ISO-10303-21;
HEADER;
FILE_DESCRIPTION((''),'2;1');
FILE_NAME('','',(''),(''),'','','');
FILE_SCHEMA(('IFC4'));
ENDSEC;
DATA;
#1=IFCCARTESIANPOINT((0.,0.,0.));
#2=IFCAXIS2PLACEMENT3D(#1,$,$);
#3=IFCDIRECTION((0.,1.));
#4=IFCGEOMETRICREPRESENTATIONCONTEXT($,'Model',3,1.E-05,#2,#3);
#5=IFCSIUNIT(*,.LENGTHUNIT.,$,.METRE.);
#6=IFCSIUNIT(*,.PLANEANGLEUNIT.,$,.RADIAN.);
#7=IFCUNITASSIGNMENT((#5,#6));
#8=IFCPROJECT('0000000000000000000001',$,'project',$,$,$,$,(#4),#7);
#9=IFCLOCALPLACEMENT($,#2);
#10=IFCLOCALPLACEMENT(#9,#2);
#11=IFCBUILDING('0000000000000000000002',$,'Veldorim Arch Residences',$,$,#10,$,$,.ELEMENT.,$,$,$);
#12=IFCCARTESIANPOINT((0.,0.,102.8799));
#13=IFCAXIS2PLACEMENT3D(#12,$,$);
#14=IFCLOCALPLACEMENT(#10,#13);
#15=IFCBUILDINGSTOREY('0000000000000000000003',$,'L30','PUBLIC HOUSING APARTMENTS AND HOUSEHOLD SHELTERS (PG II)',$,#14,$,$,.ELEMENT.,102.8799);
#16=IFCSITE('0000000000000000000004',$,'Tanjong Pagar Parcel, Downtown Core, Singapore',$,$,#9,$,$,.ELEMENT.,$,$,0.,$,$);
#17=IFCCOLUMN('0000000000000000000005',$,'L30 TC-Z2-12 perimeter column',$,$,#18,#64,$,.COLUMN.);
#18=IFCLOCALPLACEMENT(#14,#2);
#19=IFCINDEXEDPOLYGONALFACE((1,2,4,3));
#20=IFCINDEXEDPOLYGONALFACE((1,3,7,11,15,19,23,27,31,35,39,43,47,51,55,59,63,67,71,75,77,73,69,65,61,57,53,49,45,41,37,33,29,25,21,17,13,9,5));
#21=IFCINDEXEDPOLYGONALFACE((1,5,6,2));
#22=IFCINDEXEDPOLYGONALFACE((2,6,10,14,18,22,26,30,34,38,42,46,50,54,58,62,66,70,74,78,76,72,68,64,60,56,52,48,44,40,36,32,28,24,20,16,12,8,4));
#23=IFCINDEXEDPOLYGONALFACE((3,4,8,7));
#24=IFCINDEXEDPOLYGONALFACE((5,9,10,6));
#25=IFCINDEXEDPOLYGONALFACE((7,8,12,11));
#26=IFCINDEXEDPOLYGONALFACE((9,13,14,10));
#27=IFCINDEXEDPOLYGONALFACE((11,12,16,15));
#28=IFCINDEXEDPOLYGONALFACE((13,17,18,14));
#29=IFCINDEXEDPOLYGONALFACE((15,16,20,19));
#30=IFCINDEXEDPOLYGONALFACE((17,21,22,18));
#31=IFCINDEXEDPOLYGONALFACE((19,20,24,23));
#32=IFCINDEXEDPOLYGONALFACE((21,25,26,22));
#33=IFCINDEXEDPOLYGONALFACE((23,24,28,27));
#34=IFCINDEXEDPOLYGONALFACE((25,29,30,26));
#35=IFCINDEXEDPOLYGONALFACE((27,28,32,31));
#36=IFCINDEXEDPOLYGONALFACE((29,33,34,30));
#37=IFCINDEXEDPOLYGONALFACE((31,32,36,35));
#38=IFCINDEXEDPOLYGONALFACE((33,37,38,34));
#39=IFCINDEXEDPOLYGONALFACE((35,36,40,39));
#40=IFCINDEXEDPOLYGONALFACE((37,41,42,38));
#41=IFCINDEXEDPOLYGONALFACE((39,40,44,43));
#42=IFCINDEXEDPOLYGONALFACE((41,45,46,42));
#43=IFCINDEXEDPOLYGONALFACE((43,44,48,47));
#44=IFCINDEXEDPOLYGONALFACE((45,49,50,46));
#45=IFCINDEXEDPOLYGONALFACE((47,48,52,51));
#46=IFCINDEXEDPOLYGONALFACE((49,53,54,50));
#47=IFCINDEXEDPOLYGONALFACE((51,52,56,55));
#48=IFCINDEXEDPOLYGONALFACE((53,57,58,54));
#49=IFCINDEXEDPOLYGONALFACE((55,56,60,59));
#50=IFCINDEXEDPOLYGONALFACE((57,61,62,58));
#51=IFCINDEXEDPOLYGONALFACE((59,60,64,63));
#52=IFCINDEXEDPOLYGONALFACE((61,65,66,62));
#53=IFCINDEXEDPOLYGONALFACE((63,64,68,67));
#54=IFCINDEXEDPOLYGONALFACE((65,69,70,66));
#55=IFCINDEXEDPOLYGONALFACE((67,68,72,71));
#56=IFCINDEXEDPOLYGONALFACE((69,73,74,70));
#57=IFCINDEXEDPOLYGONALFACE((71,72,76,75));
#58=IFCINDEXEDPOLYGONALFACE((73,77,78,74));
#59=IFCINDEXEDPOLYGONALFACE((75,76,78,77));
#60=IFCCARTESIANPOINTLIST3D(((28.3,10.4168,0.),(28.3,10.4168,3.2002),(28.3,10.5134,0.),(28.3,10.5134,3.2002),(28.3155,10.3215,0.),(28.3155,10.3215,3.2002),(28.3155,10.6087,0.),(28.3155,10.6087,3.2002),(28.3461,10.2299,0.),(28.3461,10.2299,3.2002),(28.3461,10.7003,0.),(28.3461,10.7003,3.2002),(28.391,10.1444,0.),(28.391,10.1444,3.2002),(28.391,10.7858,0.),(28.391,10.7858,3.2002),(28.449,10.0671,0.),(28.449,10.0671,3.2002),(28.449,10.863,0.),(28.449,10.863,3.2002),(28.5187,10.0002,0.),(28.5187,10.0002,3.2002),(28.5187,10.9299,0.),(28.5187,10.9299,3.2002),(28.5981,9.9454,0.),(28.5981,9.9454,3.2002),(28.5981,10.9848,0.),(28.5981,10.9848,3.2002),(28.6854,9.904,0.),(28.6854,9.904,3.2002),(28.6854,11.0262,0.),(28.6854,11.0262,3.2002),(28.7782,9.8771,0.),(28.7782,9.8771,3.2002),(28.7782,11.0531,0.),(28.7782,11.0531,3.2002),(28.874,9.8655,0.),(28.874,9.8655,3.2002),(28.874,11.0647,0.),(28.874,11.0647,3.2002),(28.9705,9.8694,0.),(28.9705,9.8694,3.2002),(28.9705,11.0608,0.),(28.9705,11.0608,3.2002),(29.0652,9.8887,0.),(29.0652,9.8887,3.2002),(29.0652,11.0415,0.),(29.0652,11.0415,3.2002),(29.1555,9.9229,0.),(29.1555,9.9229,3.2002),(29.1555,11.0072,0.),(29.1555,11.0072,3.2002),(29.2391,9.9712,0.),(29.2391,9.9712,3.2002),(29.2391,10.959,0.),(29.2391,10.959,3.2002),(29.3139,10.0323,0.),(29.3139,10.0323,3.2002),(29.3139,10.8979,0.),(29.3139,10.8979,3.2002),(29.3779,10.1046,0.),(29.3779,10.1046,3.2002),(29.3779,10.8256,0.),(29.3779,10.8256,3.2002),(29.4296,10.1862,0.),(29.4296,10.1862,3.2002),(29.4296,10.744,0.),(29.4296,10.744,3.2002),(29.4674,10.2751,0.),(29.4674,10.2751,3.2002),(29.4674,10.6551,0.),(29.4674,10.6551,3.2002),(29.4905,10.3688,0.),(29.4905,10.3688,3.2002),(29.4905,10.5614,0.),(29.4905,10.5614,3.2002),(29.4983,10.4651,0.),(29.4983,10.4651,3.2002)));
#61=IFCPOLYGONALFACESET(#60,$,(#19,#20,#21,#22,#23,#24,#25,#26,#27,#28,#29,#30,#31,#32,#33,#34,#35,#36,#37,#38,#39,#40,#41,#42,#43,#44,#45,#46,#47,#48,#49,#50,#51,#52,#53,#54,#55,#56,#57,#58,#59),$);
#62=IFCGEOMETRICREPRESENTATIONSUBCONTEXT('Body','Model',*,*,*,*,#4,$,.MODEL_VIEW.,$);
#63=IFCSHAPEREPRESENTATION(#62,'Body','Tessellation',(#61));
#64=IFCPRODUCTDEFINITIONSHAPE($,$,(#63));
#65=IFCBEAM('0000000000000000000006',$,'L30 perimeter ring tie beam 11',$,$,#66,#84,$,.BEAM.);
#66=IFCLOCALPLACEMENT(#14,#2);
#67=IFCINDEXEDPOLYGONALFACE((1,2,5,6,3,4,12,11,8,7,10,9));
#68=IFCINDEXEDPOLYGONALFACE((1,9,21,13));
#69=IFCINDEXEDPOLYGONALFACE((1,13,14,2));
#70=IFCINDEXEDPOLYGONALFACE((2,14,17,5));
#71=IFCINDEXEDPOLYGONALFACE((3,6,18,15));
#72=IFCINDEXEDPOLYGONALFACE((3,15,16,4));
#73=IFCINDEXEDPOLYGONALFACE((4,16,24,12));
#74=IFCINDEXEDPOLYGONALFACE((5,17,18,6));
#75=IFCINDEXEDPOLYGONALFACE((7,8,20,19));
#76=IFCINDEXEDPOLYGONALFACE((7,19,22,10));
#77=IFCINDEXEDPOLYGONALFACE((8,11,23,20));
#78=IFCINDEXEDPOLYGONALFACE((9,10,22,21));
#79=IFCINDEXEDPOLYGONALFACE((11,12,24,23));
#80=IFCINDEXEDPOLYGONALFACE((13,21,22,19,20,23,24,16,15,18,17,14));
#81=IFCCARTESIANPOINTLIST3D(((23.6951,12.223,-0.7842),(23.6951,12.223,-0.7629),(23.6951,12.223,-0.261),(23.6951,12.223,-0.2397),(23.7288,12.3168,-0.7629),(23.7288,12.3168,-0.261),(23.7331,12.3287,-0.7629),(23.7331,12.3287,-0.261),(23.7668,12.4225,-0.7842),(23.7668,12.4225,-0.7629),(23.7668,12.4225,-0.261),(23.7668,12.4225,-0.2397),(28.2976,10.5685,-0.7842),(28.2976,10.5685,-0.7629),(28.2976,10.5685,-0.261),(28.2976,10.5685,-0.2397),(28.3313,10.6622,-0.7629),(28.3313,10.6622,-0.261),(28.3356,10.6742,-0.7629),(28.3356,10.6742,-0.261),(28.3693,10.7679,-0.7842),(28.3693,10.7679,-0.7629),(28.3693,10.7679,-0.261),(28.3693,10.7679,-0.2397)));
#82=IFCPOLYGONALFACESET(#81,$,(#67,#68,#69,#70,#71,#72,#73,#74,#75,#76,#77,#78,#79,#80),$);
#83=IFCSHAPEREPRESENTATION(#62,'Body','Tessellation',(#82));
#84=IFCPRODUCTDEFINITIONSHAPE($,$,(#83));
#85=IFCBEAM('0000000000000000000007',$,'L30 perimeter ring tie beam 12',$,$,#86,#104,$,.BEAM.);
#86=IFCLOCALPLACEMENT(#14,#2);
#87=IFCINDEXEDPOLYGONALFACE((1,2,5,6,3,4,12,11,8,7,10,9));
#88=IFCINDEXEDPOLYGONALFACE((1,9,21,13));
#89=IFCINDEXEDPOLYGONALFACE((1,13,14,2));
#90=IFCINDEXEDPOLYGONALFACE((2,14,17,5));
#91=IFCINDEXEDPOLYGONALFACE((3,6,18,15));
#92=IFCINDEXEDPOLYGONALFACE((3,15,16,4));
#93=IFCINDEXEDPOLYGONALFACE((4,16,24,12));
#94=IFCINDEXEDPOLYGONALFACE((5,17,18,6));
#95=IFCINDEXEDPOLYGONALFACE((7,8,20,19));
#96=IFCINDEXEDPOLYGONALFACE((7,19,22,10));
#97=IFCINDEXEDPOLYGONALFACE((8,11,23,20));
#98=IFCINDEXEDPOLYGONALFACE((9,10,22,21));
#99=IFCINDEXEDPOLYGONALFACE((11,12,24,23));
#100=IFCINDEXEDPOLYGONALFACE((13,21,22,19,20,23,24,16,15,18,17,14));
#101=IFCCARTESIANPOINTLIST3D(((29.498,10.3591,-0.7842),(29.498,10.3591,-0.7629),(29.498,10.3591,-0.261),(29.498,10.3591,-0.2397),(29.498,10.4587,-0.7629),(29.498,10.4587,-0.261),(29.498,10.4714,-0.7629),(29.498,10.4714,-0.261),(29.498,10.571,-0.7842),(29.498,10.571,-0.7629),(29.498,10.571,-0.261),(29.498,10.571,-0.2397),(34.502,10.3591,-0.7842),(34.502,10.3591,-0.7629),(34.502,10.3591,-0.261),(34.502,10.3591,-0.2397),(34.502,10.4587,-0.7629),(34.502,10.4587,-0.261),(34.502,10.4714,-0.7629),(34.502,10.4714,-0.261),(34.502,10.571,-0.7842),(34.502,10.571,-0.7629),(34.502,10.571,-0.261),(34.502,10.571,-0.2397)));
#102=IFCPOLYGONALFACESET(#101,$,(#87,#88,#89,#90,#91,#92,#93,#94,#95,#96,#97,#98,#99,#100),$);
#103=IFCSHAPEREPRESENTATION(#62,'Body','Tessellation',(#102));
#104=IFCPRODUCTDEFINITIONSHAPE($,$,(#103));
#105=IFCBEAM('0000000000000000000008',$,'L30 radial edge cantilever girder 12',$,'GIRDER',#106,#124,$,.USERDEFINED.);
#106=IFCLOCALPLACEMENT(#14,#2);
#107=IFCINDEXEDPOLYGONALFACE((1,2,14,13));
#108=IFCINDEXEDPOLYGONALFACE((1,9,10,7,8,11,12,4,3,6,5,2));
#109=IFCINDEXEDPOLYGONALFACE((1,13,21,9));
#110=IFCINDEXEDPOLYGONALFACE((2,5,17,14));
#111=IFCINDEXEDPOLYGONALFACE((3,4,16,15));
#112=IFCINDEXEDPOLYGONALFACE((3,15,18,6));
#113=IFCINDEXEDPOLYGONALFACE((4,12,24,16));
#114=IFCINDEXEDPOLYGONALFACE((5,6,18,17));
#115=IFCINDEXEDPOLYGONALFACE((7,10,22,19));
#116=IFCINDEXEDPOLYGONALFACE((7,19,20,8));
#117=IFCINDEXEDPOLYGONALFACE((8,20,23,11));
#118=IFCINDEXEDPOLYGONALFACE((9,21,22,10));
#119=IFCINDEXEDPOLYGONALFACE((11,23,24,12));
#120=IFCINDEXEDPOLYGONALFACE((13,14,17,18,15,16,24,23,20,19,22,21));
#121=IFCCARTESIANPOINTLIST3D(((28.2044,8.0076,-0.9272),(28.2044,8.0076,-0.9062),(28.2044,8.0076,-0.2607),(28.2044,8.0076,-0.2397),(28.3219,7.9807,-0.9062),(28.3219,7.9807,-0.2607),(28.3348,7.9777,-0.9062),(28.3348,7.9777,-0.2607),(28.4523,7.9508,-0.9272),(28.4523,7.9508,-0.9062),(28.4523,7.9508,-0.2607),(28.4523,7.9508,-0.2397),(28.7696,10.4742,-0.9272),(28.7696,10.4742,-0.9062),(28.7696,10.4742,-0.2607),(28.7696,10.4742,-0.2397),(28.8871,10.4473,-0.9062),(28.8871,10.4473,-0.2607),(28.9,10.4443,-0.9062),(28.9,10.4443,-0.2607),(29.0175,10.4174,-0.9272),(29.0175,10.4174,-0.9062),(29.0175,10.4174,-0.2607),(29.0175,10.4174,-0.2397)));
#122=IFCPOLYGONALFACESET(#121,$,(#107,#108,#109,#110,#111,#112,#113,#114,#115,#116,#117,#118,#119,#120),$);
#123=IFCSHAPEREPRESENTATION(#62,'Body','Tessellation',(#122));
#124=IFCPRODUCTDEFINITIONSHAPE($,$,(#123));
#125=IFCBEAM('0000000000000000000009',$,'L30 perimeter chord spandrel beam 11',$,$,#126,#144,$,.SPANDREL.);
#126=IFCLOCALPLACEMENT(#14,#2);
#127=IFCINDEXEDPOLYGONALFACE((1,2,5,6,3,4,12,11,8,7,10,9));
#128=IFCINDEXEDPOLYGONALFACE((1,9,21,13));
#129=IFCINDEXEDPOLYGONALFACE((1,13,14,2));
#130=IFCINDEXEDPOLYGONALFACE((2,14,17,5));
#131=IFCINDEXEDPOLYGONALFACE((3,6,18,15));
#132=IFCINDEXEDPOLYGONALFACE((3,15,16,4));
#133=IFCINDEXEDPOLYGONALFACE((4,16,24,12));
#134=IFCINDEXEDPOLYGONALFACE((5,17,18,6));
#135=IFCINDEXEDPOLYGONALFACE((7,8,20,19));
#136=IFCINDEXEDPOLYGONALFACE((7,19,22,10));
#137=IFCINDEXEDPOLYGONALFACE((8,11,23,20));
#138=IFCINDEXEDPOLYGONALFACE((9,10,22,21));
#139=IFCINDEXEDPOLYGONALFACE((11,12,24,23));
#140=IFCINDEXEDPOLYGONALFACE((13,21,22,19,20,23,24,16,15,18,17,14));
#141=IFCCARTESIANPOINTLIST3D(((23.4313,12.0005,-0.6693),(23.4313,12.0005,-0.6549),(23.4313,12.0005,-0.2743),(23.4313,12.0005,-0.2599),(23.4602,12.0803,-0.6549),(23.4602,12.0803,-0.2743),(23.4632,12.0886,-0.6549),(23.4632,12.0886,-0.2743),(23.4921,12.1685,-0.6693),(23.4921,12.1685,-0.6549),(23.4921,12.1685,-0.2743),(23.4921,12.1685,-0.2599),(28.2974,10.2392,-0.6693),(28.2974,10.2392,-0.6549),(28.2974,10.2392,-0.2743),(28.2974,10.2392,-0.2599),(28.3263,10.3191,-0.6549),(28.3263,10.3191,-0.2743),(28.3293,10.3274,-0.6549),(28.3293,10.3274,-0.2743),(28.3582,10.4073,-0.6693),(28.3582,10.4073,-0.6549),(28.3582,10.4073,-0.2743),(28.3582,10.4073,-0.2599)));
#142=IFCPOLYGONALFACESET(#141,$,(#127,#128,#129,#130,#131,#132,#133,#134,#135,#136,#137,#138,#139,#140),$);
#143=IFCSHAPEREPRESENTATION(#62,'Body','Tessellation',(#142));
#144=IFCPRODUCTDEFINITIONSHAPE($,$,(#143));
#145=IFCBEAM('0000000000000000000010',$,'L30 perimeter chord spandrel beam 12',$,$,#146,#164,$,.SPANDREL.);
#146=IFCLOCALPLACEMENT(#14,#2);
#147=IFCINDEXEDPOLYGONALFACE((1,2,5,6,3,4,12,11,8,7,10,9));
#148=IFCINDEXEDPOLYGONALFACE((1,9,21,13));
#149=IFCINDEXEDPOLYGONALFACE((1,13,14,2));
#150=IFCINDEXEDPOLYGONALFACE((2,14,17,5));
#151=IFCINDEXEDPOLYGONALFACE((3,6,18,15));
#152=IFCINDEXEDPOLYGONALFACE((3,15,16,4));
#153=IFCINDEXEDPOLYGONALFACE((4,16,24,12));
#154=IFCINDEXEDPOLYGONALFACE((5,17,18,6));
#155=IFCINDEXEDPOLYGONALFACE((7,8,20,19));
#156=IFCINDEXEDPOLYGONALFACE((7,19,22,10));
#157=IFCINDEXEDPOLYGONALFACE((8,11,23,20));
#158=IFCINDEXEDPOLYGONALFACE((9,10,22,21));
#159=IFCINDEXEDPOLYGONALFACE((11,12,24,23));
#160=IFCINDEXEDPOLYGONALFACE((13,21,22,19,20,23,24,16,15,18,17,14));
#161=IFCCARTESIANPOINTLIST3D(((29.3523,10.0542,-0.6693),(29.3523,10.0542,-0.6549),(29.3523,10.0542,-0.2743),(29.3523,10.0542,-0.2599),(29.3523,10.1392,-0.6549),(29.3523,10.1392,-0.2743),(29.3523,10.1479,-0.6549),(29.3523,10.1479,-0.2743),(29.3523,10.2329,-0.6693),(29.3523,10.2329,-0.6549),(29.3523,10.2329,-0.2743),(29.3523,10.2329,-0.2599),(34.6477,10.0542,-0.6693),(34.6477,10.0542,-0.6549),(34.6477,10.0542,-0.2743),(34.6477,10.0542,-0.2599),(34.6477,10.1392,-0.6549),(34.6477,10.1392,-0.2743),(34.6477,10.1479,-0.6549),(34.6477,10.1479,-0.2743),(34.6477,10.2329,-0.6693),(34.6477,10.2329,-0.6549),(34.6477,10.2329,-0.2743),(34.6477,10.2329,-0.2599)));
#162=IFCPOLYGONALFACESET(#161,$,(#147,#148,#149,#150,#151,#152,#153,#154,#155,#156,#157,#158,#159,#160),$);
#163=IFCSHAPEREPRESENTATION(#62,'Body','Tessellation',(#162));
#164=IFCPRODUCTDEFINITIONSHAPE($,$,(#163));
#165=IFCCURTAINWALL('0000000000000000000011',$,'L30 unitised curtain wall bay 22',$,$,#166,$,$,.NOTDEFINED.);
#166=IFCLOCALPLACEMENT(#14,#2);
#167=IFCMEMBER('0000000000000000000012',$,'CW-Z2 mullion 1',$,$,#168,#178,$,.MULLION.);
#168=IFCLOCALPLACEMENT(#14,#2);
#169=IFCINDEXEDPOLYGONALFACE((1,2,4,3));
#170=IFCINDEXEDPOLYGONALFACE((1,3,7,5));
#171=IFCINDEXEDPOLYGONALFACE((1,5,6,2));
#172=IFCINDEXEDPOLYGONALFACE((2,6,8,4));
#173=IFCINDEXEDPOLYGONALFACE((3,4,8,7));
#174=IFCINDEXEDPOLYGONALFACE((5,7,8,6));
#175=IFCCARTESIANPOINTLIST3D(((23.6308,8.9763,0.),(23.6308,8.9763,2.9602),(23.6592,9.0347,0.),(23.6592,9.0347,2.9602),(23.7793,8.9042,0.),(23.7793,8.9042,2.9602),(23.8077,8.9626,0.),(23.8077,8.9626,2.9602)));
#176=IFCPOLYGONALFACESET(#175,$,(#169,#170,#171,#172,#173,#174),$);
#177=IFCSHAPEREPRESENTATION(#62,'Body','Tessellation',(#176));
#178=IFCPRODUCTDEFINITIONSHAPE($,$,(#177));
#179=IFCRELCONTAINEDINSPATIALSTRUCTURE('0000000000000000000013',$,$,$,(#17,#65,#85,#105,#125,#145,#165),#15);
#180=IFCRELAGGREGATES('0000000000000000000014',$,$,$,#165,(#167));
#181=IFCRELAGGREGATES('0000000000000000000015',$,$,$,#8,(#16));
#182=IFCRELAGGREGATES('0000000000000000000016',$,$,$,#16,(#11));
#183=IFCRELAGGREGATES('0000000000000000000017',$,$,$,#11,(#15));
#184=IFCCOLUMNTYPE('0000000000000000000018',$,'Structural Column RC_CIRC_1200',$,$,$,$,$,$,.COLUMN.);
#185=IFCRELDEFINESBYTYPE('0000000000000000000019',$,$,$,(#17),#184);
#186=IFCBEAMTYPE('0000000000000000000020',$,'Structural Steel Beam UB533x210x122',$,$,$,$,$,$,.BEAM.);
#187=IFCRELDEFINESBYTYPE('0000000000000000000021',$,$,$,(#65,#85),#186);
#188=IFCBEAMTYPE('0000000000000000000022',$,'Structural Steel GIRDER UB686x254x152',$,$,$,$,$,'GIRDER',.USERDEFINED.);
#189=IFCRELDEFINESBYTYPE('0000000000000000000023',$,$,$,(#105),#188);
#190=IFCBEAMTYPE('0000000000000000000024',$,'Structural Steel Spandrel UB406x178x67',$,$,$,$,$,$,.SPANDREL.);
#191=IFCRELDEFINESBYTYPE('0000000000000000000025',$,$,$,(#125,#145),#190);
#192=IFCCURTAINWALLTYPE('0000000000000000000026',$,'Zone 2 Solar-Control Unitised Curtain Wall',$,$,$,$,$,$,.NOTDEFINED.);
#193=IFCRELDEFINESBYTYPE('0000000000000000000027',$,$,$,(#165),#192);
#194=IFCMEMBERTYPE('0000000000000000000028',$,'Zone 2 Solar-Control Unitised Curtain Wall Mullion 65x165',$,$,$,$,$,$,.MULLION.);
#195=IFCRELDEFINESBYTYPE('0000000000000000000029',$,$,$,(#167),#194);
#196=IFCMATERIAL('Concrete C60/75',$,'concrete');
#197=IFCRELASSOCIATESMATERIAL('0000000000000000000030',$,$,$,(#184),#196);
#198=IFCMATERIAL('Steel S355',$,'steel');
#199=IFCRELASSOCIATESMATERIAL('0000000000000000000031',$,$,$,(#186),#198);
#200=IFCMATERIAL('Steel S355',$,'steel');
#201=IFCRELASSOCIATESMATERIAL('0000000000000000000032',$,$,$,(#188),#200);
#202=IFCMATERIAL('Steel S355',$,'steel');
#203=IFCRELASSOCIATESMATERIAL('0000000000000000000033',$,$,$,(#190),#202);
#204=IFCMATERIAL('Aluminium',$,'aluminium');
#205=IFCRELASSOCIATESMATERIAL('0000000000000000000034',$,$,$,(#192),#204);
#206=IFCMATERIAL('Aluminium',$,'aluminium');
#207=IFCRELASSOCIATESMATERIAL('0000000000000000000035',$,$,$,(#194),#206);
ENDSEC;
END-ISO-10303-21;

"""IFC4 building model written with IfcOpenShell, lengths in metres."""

from ifc_helpers import new_model, si_unit, direction, frame, origin, origin_2d, place, context, subcontext, project, spatial, rectangle, circle, i_section, extrude, material, material_profile, profile_set, type_object, element, aggregate, save


model = new_model("IFC4")

# Units and contexts
model_context = context("Model", 3, precision=1e-05, world=origin(), true_north=direction((0.0, 1.0)))
body_context = subcontext(model_context, "Body", "Model", "MODEL_VIEW")
ifc_project = project(units=[si_unit("LENGTHUNIT", "METRE"), si_unit("PLANEANGLEUNIT", "RADIAN")], contexts=[model_context])

# Site, building, storey
site_placement = place(None, origin())
site = spatial("IfcSite", under=ifc_project, at=site_placement, Name="Tanjong Pagar Parcel, Downtown Core, Singapore", CompositionType="ELEMENT", RefElevation=0.0)
building_placement = place(site_placement, origin())
building = spatial("IfcBuilding", under=site, at=building_placement, Name="Veldorim Arch Residences", CompositionType="ELEMENT")
storey_placement = place(building_placement, frame((0.0, 0.0, 102.8799)))
storey = spatial("IfcBuildingStorey", under=building, at=storey_placement, Name="L30", Description="PUBLIC HOUSING APARTMENTS AND HOUSEHOLD SHELTERS (PG II)", CompositionType="ELEMENT", Elevation=102.8799)

# Column
ifc_material_1 = material(Name="Concrete C60/75", Category="concrete")
ifc_material_profile_1 = material_profile(ifc_material_1, circle(Radius=0.6001, at=origin_2d()), Name="RC_CIRC_1200")
ifc_profile_set_1 = profile_set([ifc_material_profile_1], Name="Concrete C60/75")
column_type = type_object("IfcColumnType", Name="Structural Column RC_CIRC_1200", PredefinedType="COLUMN", material=ifc_profile_set_1)
column_placement = place(storey_placement, frame((28.8982, 10.4651, 0.0), z_axis=(0.0, 0.0, 1.0), x_axis=(1.0, 0.0, 0.0)))
element("IfcColumn", 1, at=column_placement, inside=storey, type_object=column_type, Name="L30 TC-Z2-12 perimeter column", PredefinedType="COLUMN", context=body_context, shape_type="SweptSolid", body=[
    extrude(circle(Radius=0.6001, at=origin_2d()), origin(), (0.0, 0.0, 1.0), 3.2002),
])

# Beams
ifc_material_2 = material(Name="Steel S355", Category="steel")
ifc_material_profile_2 = material_profile(ifc_material_2, i_section(OverallWidth=0.2119, OverallDepth=0.5444, WebThickness=0.0127, FlangeThickness=0.0212, at=origin_2d()), Name="UB533x210x122")
ifc_profile_set_2 = profile_set([ifc_material_profile_2], Name="Steel S355")
beam_type_1 = type_object("IfcBeamType", Name="Structural Steel Beam UB533x210x122", PredefinedType="BEAM", material=ifc_profile_set_2)
beam_1_placement = place(storey_placement, frame((23.731, 12.3228, -0.512), z_axis=(0.941042, -0.33829, 0.0), x_axis=(0.33829, 0.941042, 0.0)))
element("IfcBeam", 2, at=beam_1_placement, inside=storey, type_object=beam_type_1, Name="L30 perimeter ring tie beam 11", PredefinedType="BEAM", context=body_context, shape_type="SweptSolid", body=[
    extrude(i_section(OverallWidth=0.2119, OverallDepth=0.5444, WebThickness=0.0127, FlangeThickness=0.0212, at=origin_2d()), origin(), (0.0, 0.0, 1.0), 4.8909),
])
beam_2_placement = place(storey_placement, frame((29.498, 10.4651, -0.512), z_axis=(1.0, 0.0, 0.0), x_axis=(0.0, 1.0, 0.0)))
element("IfcBeam", 3, at=beam_2_placement, inside=storey, type_object=beam_type_1, Name="L30 perimeter ring tie beam 12", PredefinedType="BEAM", context=body_context, shape_type="SweptSolid", body=[
    extrude(i_section(OverallWidth=0.2119, OverallDepth=0.5444, WebThickness=0.0127, FlangeThickness=0.0212, at=origin_2d()), origin(), (0.0, 0.0, 1.0), 5.0039),
])
ifc_material_3 = material(Name="Steel S355", Category="steel")
ifc_material_profile_3 = material_profile(ifc_material_3, i_section(OverallWidth=0.2544, OverallDepth=0.6875, WebThickness=0.0132, FlangeThickness=0.021, at=origin_2d()), Name="UB686x254x152")
ifc_profile_set_3 = profile_set([ifc_material_profile_3], Name="Steel S355")
beam_type_2 = type_object("IfcBeamType", Name="Structural Steel GIRDER UB686x254x152", ElementType="GIRDER", PredefinedType="USERDEFINED", material=ifc_profile_set_3)
beam_3_placement = place(storey_placement, frame((28.8936, 10.4458, -0.5835), z_axis=(-0.223351, -0.974738, 0.0), x_axis=(0.974738, -0.223351, 0.0)))
element("IfcBeam", 4, at=beam_3_placement, inside=storey, type_object=beam_type_2, Name="L30 radial edge cantilever girder 12", ObjectType="GIRDER", PredefinedType="USERDEFINED", context=body_context, shape_type="SweptSolid", body=[
    extrude(i_section(OverallWidth=0.2544, OverallDepth=0.6875, WebThickness=0.0132, FlangeThickness=0.021, at=origin_2d()), origin(), (0.0, 0.0, 1.0), 2.5305),
])
ifc_material_4 = material(Name="Steel S355", Category="steel")
ifc_material_profile_4 = material_profile(ifc_material_4, i_section(OverallWidth=0.1787, OverallDepth=0.4094, WebThickness=0.0088, FlangeThickness=0.0144, at=origin_2d()), Name="UB406x178x67")
ifc_profile_set_4 = profile_set([ifc_material_profile_4], Name="Steel S355")
beam_type_3 = type_object("IfcBeamType", Name="Structural Steel Spandrel UB406x178x67", PredefinedType="SPANDREL", material=ifc_profile_set_4)
beam_4_placement = place(storey_placement, frame((23.4617, 12.0845, -0.4646), z_axis=(0.940308, -0.340326, 0.0), x_axis=(0.340326, 0.940308, 0.0)))
element("IfcBeam", 5, at=beam_4_placement, inside=storey, type_object=beam_type_3, Name="L30 perimeter chord spandrel beam 11", PredefinedType="SPANDREL", context=body_context, shape_type="SweptSolid", body=[
    extrude(i_section(OverallWidth=0.1787, OverallDepth=0.4094, WebThickness=0.0088, FlangeThickness=0.0144, at=origin_2d()), origin(), (0.0, 0.0, 1.0), 5.175),
])
beam_5_placement = place(storey_placement, frame((29.3523, 10.1436, -0.4646), z_axis=(1.0, 0.0, 0.0), x_axis=(0.0, 1.0, 0.0)))
element("IfcBeam", 6, at=beam_5_placement, inside=storey, type_object=beam_type_3, Name="L30 perimeter chord spandrel beam 12", PredefinedType="SPANDREL", context=body_context, shape_type="SweptSolid", body=[
    extrude(i_section(OverallWidth=0.1787, OverallDepth=0.4094, WebThickness=0.0088, FlangeThickness=0.0144, at=origin_2d()), origin(), (0.0, 0.0, 1.0), 5.2954),
])

# Curtain wall, member
ifc_material_5 = material(Name="Aluminium", Category="aluminium")
curtain_wall_type = type_object("IfcCurtainWallType", Name="Zone 2 Solar-Control Unitised Curtain Wall", PredefinedType="NOTDEFINED", material=ifc_material_5)
curtain_wall_1_placement = place(storey_placement, origin())
curtain_wall_1 = element("IfcCurtainWall", 7, at=curtain_wall_1_placement, inside=storey, type_object=curtain_wall_type, Name="L30 unitised curtain wall bay 22", PredefinedType="NOTDEFINED")
ifc_material_6 = material(Name="Aluminium", Category="aluminium")
ifc_material_profile_5 = material_profile(ifc_material_6, rectangle(XDim=0.0649, YDim=0.165, at=origin_2d()), Name="ALU_MUL_65x165")
ifc_profile_set_5 = profile_set([ifc_material_profile_5], Name="Aluminium")
member_type_1 = type_object("IfcMemberType", Name="Zone 2 Solar-Control Unitised Curtain Wall Mullion 65x165", PredefinedType="MULLION", material=ifc_profile_set_5)
member_1_placement = place(storey_placement, frame((23.7192, 8.9695, 0.0), z_axis=(0.0, 0.0, 1.0), x_axis=(-0.437, -0.899462, 0.0)))
member_1 = element("IfcMember", 8, at=member_1_placement, type_object=member_type_1, Name="CW-Z2 mullion 1", PredefinedType="MULLION", context=body_context, shape_type="SweptSolid", body=[
    extrude(rectangle(XDim=0.0649, YDim=0.165, at=origin_2d()), origin(), (0.0, 0.0, 1.0), 2.9602),
])

aggregate(curtain_wall_1, [member_1])

save(model, "model.ifc")
